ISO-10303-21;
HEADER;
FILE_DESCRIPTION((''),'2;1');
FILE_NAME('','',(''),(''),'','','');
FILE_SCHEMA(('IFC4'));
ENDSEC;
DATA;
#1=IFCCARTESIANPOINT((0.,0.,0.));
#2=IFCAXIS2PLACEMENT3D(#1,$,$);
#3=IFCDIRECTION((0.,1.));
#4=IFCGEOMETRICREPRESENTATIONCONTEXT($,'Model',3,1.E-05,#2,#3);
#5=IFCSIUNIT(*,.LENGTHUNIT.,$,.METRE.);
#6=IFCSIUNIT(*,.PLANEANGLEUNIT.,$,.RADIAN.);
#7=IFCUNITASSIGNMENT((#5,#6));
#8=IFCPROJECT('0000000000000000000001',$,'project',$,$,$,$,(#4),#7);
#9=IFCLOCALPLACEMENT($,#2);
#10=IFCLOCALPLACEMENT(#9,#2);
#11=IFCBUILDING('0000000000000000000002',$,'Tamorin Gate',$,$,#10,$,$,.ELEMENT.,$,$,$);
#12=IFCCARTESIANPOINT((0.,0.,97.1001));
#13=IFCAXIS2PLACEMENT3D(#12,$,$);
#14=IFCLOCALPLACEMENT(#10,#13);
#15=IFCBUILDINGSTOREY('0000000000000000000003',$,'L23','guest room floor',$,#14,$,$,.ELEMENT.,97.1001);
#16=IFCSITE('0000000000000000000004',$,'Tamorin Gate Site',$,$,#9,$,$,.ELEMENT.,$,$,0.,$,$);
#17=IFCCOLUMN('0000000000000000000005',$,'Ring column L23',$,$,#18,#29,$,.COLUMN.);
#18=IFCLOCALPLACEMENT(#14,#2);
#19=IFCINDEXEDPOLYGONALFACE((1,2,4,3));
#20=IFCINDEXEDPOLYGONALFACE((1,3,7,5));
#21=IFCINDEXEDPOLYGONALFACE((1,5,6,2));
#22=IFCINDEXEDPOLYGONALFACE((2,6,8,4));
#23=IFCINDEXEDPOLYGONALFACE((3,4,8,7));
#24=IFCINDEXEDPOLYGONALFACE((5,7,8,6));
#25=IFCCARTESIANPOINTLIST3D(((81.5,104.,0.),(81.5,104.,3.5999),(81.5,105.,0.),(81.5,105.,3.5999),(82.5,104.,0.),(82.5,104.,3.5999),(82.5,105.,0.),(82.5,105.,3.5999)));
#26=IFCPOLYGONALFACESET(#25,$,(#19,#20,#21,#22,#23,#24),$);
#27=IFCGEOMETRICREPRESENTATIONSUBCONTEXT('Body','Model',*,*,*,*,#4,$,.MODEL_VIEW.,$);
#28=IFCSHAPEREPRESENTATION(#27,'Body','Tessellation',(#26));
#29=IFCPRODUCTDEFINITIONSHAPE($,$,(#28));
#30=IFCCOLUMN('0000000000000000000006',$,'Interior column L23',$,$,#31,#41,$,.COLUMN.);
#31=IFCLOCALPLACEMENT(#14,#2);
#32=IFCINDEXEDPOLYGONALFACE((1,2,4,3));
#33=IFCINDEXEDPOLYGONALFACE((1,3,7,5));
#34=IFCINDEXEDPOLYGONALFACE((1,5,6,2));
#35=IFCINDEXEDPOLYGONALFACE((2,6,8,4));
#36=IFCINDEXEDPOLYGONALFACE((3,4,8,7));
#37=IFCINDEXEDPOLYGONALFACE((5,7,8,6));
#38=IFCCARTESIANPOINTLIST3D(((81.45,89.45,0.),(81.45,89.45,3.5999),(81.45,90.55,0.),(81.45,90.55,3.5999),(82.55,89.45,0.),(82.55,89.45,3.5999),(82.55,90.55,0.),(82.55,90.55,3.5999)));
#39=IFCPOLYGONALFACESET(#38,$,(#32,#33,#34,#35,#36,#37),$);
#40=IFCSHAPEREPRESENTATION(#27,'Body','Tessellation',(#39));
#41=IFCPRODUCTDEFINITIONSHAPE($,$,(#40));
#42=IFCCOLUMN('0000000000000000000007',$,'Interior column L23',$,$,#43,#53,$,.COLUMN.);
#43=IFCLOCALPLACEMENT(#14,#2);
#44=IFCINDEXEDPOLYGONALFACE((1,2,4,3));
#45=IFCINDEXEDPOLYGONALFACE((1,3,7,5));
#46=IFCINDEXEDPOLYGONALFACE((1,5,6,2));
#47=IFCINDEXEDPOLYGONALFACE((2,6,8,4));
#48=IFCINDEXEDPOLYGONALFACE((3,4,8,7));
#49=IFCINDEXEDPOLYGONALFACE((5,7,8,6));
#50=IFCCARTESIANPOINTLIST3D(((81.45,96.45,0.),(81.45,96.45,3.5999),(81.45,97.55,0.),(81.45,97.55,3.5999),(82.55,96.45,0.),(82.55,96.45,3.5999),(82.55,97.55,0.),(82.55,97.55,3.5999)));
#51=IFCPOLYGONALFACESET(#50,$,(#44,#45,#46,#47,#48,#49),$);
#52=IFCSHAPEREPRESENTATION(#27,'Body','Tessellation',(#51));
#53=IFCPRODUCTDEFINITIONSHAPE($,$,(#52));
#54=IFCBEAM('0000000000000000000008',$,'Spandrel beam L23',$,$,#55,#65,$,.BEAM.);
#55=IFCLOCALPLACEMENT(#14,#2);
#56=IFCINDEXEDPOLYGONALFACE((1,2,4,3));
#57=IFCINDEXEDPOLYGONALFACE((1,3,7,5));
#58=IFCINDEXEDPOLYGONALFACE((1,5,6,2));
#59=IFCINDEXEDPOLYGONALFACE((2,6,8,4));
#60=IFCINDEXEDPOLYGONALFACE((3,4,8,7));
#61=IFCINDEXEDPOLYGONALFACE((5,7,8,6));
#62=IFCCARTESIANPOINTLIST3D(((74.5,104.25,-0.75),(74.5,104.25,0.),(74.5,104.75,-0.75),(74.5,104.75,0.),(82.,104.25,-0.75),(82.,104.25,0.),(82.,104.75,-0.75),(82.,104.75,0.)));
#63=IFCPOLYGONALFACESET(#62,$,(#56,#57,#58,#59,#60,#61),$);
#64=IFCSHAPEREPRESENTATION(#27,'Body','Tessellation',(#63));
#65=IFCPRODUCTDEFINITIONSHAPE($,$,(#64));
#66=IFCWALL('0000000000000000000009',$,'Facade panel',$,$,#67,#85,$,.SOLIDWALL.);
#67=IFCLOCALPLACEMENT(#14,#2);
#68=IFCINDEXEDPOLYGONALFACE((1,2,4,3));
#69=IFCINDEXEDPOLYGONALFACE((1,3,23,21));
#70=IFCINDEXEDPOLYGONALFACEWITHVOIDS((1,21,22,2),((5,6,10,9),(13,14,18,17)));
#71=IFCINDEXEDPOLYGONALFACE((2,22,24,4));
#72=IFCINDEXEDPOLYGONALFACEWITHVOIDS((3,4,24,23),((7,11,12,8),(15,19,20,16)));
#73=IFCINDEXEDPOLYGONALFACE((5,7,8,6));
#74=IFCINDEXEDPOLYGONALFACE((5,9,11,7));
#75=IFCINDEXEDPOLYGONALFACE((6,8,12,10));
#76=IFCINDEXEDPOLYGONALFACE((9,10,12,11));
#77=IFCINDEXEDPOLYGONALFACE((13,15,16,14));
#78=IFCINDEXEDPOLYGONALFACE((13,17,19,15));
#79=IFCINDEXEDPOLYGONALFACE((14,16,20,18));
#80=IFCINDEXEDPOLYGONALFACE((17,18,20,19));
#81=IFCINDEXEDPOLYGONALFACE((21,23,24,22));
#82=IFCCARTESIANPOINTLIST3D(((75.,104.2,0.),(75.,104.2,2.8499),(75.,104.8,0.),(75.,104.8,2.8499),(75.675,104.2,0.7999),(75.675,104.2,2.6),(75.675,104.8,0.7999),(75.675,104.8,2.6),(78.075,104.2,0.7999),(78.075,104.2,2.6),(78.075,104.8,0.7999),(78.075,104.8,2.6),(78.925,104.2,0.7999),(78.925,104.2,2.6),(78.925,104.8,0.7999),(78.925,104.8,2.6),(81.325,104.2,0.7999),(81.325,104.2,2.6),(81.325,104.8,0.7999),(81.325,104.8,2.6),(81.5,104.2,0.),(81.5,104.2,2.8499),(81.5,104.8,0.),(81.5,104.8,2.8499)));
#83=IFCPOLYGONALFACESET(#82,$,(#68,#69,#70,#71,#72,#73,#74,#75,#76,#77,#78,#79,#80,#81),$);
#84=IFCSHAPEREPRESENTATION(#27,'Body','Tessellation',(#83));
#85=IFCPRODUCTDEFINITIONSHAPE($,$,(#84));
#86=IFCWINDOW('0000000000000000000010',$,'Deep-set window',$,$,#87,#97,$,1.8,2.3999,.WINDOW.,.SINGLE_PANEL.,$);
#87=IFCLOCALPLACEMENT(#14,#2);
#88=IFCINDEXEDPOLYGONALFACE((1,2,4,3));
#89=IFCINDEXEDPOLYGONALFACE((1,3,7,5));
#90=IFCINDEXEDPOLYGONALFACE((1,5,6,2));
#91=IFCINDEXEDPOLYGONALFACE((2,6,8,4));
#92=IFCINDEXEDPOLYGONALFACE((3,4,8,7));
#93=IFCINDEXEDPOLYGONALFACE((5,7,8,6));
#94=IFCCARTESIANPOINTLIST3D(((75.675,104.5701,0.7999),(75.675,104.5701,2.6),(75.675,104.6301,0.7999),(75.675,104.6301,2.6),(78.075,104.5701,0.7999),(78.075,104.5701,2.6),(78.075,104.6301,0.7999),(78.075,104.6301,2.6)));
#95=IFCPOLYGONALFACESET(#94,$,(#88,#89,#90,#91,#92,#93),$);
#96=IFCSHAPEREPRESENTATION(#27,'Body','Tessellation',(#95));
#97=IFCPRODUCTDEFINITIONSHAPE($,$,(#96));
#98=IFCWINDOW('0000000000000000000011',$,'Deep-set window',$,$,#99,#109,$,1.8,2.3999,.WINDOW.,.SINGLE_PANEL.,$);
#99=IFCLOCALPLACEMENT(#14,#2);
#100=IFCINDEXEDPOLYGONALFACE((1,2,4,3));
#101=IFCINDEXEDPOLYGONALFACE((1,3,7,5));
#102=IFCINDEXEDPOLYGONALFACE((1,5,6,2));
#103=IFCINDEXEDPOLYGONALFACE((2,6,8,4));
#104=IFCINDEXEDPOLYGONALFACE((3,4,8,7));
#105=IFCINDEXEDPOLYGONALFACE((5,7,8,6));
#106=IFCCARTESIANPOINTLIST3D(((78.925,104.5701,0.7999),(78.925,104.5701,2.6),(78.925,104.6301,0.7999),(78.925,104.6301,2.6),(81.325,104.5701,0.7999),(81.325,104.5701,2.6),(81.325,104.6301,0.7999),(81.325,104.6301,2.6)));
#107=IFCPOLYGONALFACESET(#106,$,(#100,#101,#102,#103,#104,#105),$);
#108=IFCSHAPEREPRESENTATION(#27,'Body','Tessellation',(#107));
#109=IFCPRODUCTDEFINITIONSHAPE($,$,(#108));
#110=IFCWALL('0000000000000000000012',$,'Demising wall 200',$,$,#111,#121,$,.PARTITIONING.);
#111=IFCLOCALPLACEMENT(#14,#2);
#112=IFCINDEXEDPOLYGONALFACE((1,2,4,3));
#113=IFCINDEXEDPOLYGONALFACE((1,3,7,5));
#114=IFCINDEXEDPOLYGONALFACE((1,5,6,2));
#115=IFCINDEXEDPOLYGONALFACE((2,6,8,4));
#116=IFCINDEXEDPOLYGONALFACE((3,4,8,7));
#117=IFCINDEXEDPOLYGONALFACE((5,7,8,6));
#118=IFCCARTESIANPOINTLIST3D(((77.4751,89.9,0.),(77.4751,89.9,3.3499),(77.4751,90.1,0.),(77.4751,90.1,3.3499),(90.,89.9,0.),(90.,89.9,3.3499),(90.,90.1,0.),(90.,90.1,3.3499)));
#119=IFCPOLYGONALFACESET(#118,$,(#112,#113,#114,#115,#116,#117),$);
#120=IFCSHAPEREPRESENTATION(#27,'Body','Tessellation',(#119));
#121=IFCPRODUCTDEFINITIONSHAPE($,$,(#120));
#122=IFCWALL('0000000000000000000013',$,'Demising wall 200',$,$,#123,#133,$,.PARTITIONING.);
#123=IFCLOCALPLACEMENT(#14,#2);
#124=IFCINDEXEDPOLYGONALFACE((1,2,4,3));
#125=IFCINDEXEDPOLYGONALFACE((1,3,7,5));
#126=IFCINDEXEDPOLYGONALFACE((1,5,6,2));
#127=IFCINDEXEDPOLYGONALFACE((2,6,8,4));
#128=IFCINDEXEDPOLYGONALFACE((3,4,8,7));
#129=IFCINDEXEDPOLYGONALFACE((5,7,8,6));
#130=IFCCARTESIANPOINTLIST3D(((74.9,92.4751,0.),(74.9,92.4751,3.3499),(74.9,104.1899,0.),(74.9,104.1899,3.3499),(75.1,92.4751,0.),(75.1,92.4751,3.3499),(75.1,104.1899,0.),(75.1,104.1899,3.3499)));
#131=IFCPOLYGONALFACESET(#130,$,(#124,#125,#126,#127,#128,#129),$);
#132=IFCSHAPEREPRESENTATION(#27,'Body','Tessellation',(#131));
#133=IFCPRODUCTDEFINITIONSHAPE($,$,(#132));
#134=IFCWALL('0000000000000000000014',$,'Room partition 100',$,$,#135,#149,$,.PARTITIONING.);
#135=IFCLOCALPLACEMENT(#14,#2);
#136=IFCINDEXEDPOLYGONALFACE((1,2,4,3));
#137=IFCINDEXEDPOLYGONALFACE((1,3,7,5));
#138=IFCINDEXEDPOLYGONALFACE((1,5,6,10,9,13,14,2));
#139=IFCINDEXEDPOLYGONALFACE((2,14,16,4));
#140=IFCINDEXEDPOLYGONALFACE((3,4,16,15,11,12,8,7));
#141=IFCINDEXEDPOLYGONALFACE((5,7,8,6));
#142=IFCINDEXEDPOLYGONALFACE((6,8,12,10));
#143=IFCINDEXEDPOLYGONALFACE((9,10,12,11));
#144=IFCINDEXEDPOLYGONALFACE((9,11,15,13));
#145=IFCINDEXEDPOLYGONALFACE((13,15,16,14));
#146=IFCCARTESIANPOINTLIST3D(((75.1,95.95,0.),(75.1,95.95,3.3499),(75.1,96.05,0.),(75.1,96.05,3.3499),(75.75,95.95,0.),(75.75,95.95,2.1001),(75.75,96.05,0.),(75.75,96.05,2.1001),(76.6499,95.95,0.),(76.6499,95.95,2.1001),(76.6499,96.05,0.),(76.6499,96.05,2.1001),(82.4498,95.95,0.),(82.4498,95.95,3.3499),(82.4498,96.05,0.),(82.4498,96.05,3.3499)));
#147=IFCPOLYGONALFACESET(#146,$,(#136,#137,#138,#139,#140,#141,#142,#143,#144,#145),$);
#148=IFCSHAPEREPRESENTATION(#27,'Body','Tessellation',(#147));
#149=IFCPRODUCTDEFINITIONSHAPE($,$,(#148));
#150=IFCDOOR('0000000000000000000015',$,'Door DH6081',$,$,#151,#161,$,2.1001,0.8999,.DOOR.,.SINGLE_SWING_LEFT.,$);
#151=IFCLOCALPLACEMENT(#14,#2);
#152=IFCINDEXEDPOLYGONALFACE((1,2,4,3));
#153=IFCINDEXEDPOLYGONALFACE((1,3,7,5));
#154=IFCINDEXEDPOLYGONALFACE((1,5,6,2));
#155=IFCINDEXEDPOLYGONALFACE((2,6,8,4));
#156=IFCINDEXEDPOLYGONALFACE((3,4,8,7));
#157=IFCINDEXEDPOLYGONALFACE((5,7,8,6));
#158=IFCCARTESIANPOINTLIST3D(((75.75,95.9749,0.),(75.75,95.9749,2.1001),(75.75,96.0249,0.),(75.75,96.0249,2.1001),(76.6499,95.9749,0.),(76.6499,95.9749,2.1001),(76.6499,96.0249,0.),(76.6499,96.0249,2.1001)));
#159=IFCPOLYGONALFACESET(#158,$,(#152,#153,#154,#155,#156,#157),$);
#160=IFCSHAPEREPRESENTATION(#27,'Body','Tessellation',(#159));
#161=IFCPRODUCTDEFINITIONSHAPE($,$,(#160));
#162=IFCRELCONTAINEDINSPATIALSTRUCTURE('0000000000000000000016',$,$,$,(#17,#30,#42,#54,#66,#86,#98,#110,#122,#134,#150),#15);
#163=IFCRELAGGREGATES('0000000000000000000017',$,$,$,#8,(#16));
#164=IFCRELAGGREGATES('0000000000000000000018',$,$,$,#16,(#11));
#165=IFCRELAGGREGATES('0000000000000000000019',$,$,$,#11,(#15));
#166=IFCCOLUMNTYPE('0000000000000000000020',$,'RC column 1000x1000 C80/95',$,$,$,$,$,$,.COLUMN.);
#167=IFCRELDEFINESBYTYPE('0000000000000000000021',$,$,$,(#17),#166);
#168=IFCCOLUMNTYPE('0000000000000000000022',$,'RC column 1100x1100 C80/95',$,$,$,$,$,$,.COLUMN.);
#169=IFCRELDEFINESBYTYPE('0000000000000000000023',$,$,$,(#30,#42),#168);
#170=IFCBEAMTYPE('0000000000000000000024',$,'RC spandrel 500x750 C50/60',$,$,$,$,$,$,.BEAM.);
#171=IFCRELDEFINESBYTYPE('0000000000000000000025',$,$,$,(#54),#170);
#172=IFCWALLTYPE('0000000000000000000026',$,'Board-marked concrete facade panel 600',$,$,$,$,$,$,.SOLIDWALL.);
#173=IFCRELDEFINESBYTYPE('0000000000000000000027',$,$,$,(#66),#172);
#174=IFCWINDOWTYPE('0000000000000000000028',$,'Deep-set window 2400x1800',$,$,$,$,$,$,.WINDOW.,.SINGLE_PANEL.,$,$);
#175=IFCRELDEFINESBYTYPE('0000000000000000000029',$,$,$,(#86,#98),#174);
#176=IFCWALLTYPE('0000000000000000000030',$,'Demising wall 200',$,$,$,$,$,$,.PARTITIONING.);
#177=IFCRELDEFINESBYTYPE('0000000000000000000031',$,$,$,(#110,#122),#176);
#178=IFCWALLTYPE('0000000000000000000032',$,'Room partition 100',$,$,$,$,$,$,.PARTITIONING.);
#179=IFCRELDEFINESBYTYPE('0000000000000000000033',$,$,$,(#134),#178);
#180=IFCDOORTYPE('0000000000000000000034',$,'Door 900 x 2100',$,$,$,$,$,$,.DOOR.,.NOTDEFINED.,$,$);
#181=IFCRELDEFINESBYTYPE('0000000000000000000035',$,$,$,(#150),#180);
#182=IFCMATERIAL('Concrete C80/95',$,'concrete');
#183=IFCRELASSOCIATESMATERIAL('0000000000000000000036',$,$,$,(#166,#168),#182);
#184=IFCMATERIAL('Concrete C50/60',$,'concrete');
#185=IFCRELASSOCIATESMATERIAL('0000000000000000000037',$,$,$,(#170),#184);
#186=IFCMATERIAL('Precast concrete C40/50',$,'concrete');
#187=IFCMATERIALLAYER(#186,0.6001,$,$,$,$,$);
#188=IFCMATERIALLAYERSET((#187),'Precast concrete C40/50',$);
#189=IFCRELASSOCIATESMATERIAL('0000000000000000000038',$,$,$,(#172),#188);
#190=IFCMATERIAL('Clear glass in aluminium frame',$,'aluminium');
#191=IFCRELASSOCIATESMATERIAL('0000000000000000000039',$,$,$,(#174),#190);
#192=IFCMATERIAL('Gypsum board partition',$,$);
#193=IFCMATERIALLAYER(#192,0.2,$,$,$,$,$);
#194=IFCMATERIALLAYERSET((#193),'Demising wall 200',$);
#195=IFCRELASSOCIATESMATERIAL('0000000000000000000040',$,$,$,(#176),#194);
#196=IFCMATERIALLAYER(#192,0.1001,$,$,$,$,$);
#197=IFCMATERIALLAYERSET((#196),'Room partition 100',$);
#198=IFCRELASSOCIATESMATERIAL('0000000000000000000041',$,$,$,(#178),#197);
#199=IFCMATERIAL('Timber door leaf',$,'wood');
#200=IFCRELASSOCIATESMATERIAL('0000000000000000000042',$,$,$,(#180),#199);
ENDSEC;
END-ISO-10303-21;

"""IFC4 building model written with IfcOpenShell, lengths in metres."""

from ifc_helpers import new_model, si_unit, direction, frame, frame_2d, origin, origin_2d, place, context, subcontext, project, spatial, rectangle, extrude, material, layer, layer_set, material_profile, profile_set, type_object, element, fill, save


model = new_model("IFC4")

# Units and contexts
model_context = context("Model", 3, precision=1e-05, world=origin(), true_north=direction((0.0, 1.0)))
body_context = subcontext(model_context, "Body", "Model", "MODEL_VIEW")
ifc_project = project(units=[si_unit("LENGTHUNIT", "METRE"), si_unit("PLANEANGLEUNIT", "RADIAN")], contexts=[model_context])

# Site, building, storey
site_placement = place(None, origin())
site = spatial("IfcSite", under=ifc_project, at=site_placement, Name="Tamorin Gate Site", CompositionType="ELEMENT", RefElevation=0.0)
building_placement = place(site_placement, origin())
building = spatial("IfcBuilding", under=site, at=building_placement, Name="Tamorin Gate", CompositionType="ELEMENT")
storey_placement = place(building_placement, frame((0.0, 0.0, 97.1001)))
storey = spatial("IfcBuildingStorey", under=building, at=storey_placement, Name="L23", Description="guest room floor", CompositionType="ELEMENT", Elevation=97.1001)

# Columns
ifc_material_1 = material(Name="Concrete C80/95", Category="concrete")
ifc_material_profile_1 = material_profile(ifc_material_1, rectangle(XDim=1.0, YDim=1.0, at=origin_2d()), Name="RC 1000x1000")
ifc_profile_set_1 = profile_set([ifc_material_profile_1], Name="Concrete C80/95")
column_type_1 = type_object("IfcColumnType", Name="RC column 1000x1000 C80/95", PredefinedType="COLUMN", material=ifc_profile_set_1)
column_placement = place(storey_placement, frame((82.0, 104.5, 0.0), z_axis=(0.0, 0.0, 1.0), x_axis=(1.0, 0.0, 0.0)))
element("IfcColumn", 1, at=column_placement, inside=storey, type_object=column_type_1, Name="Ring column L23", PredefinedType="COLUMN", context=body_context, shape_type="SweptSolid", body=[
    extrude(rectangle(XDim=1.0, YDim=1.0, at=origin_2d()), origin(), (0.0, 0.0, 1.0), 3.5999),
])
ifc_material_profile_2 = material_profile(ifc_material_1, rectangle(XDim=1.1001, YDim=1.1001, at=origin_2d()), Name="RC 1100x1100")
ifc_profile_set_2 = profile_set([ifc_material_profile_2], Name="Concrete C80/95")
column_type_2 = type_object("IfcColumnType", Name="RC column 1100x1100 C80/95", PredefinedType="COLUMN", material=ifc_profile_set_2)
for number, where, z_axis, x_axis, name in (
    (2, (82.0, 90.0, 0.0), (0.0, 0.0, 1.0), (1.0, 0.0, 0.0), "Interior column L23"),
    (3, (82.0, 97.0, 0.0), (0.0, 0.0, 1.0), (1.0, 0.0, 0.0), "Interior column L23"),
):
    element("IfcColumn", number, at=place(storey_placement, frame(where, z_axis=z_axis, x_axis=x_axis)), inside=storey, type_object=column_type_2, Name=name, PredefinedType="COLUMN", context=body_context, shape_type="SweptSolid", body=[
        extrude(rectangle(XDim=1.1001, YDim=1.1001, at=origin_2d()), origin(), (0.0, 0.0, 1.0), 3.5999),
    ])

# Beam
ifc_material_2 = material(Name="Concrete C50/60", Category="concrete")
ifc_material_profile_3 = material_profile(ifc_material_2, rectangle(XDim=0.5, YDim=0.75, at=origin_2d()), Name="RC 500x750")
ifc_profile_set_3 = profile_set([ifc_material_profile_3], Name="Concrete C50/60")
beam_type = type_object("IfcBeamType", Name="RC spandrel 500x750 C50/60", PredefinedType="BEAM", material=ifc_profile_set_3)
beam_placement = place(storey_placement, frame((82.0, 104.5, -0.375), z_axis=(-1.0, 0.0, 0.0), x_axis=(0.0, -1.0, 0.0)))
element("IfcBeam", 4, at=beam_placement, inside=storey, type_object=beam_type, Name="Spandrel beam L23", PredefinedType="BEAM", context=body_context, shape_type="SweptSolid", body=[
    extrude(rectangle(XDim=0.5, YDim=0.75, at=origin_2d()), origin(), (0.0, 0.0, 1.0), 7.5),
])

# Wall, openings, windows
ifc_material_3 = material(Name="Precast concrete C40/50", Category="concrete")
ifc_layer_1 = layer(ifc_material_3, 0.6001)
ifc_layer_set_1 = layer_set([ifc_layer_1], Name="Precast concrete C40/50")
wall_type_1 = type_object("IfcWallType", Name="Board-marked concrete facade panel 600", PredefinedType="SOLIDWALL", material=ifc_layer_set_1)
wall_1_placement = place(storey_placement, frame((81.5, 104.5, 0.0), z_axis=(0.0, 0.0, 1.0), x_axis=(-1.0, 0.0, 0.0)))
wall_1 = element("IfcWall", 5, at=wall_1_placement, inside=storey, type_object=wall_type_1, Name="Facade panel", PredefinedType="SOLIDWALL", context=body_context, shape_type="SweptSolid", body=[
    extrude(rectangle(XDim=6.5, YDim=0.6001, at=frame_2d((3.25, 0.0))), origin(), (0.0, 0.0, 1.0), 2.8499),
])
opening_1_placement = place(wall_1_placement, frame((3.425, 0.0, 0.8)))
opening_1 = element("IfcOpeningElement", 6, at=opening_1_placement, cuts=wall_1, PredefinedType="OPENING", context=body_context, shape_type="SweptSolid", body=[
    extrude(rectangle(XDim=2.3999, YDim=1.8, at=frame_2d((1.2, 0.8999))), frame((0.0, 0.3101, 0.0), z_axis=(0.0, -1.0, 0.0), x_axis=(1.0, 0.0, 0.0)), (0.0, 0.0, 1.0), 0.6201),
])
opening_2_placement = place(wall_1_placement, frame((0.175, 0.0, 0.8)))
opening_2 = element("IfcOpeningElement", 7, at=opening_2_placement, cuts=wall_1, PredefinedType="OPENING", context=body_context, shape_type="SweptSolid", body=[
    extrude(rectangle(XDim=2.3999, YDim=1.8, at=frame_2d((1.2, 0.8999))), frame((0.0, 0.3101, 0.0), z_axis=(0.0, -1.0, 0.0), x_axis=(1.0, 0.0, 0.0)), (0.0, 0.0, 1.0), 0.6201),
])
ifc_material_4 = material(Name="Clear glass in aluminium frame", Category="aluminium")
window_type = type_object("IfcWindowType", Name="Deep-set window 2400x1800", PartitioningType="SINGLE_PANEL", PredefinedType="WINDOW", material=ifc_material_4)
window_1_placement = place(opening_1_placement, origin())
window_1 = element("IfcWindow", 8, at=window_1_placement, inside=storey, type_object=window_type, Name="Deep-set window", OverallHeight=1.8, OverallWidth=2.3999, PartitioningType="SINGLE_PANEL", PredefinedType="WINDOW", context=body_context, shape_type="SweptSolid", body=[
    extrude(rectangle(XDim=2.3999, YDim=1.8, at=frame_2d((1.2, 0.8999))), frame((0.0, -0.0701, 0.0), z_axis=(0.0, -1.0, 0.0), x_axis=(1.0, 0.0, 0.0)), (0.0, 0.0, 1.0), 0.0601),
])
fill(opening_1, window_1)
window_2_placement = place(opening_2_placement, origin())
window_2 = element("IfcWindow", 9, at=window_2_placement, inside=storey, type_object=window_type, Name="Deep-set window", OverallHeight=1.8, OverallWidth=2.3999, PartitioningType="SINGLE_PANEL", PredefinedType="WINDOW", context=body_context, shape_type="SweptSolid", body=[
    extrude(rectangle(XDim=2.3999, YDim=1.8, at=frame_2d((1.2, 0.8999))), frame((0.0, -0.0701, 0.0), z_axis=(0.0, -1.0, 0.0), x_axis=(1.0, 0.0, 0.0)), (0.0, 0.0, 1.0), 0.0601),
])
fill(opening_2, window_2)

# Walls
ifc_material_5 = material(Name="Gypsum board partition")
ifc_layer_2 = layer(ifc_material_5, 0.2)
ifc_layer_set_2 = layer_set([ifc_layer_2], Name="Demising wall 200")
wall_type_2 = type_object("IfcWallType", Name="Demising wall 200", PredefinedType="PARTITIONING", material=ifc_layer_set_2)
wall_2_placement = place(storey_placement, frame((77.4751, 90.0, 0.0), z_axis=(0.0, 0.0, 1.0), x_axis=(1.0, 0.0, 0.0)))
element("IfcWall", 10, at=wall_2_placement, inside=storey, type_object=wall_type_2, Name="Demising wall 200", PredefinedType="PARTITIONING", context=body_context, shape_type="SweptSolid", body=[
    extrude(rectangle(XDim=12.5249, YDim=0.2, at=frame_2d((6.2625, 0.0))), origin(), (0.0, 0.0, 1.0), 3.3499),
])
wall_3_placement = place(storey_placement, frame((75.0, 92.4751, 0.0), z_axis=(0.0, 0.0, 1.0), x_axis=(0.0, 1.0, 0.0)))
element("IfcWall", 11, at=wall_3_placement, inside=storey, type_object=wall_type_2, Name="Demising wall 200", PredefinedType="PARTITIONING", context=body_context, shape_type="SweptSolid", body=[
    extrude(rectangle(XDim=11.7148, YDim=0.2, at=frame_2d((5.8574, 0.0))), origin(), (0.0, 0.0, 1.0), 3.3499),
])

# Wall, opening, door
ifc_layer_3 = layer(ifc_material_5, 0.1001)
ifc_layer_set_3 = layer_set([ifc_layer_3], Name="Room partition 100")
wall_type_3 = type_object("IfcWallType", Name="Room partition 100", PredefinedType="PARTITIONING", material=ifc_layer_set_3)
wall_4_placement = place(storey_placement, frame((75.1001, 96.0, 0.0), z_axis=(0.0, 0.0, 1.0), x_axis=(1.0, 0.0, 0.0)))
wall_4 = element("IfcWall", 12, at=wall_4_placement, inside=storey, type_object=wall_type_3, Name="Room partition 100", PredefinedType="PARTITIONING", context=body_context, shape_type="SweptSolid", body=[
    extrude(rectangle(XDim=7.3499, YDim=0.1001, at=frame_2d((3.6748, 0.0))), origin(), (0.0, 0.0, 1.0), 3.3499),
])
opening_3_placement = place(wall_4_placement, frame((0.6499, 0.0, 0.0)))
opening_3 = element("IfcOpeningElement", 13, at=opening_3_placement, cuts=wall_4, PredefinedType="OPENING", context=body_context, shape_type="SweptSolid", body=[
    extrude(rectangle(XDim=0.8999, YDim=2.1001, at=frame_2d((0.45, 1.05))), frame((0.0, 0.0601, 0.0), z_axis=(0.0, -1.0, 0.0), x_axis=(1.0, 0.0, 0.0)), (0.0, 0.0, 1.0), 0.1201),
])
ifc_material_6 = material(Name="Timber door leaf", Category="wood")
door_type = type_object("IfcDoorType", Name="Door 900 x 2100", OperationType="NOTDEFINED", PredefinedType="DOOR", material=ifc_material_6)
door_1_placement = place(opening_3_placement, origin())
door_1 = element("IfcDoor", 14, at=door_1_placement, inside=storey, type_object=door_type, Name="Door DH6081", OperationType="SINGLE_SWING_LEFT", OverallHeight=2.1001, OverallWidth=0.8999, PredefinedType="DOOR", context=body_context, shape_type="SweptSolid", body=[
    extrude(rectangle(XDim=0.8999, YDim=2.1001, at=frame_2d((0.45, 1.05))), frame((0.0, 0.0249, 0.0), z_axis=(0.0, -1.0, 0.0), x_axis=(1.0, 0.0, 0.0)), (0.0, 0.0, 1.0), 0.05),
])
fill(opening_3, door_1)

save(model, "model.ifc")
